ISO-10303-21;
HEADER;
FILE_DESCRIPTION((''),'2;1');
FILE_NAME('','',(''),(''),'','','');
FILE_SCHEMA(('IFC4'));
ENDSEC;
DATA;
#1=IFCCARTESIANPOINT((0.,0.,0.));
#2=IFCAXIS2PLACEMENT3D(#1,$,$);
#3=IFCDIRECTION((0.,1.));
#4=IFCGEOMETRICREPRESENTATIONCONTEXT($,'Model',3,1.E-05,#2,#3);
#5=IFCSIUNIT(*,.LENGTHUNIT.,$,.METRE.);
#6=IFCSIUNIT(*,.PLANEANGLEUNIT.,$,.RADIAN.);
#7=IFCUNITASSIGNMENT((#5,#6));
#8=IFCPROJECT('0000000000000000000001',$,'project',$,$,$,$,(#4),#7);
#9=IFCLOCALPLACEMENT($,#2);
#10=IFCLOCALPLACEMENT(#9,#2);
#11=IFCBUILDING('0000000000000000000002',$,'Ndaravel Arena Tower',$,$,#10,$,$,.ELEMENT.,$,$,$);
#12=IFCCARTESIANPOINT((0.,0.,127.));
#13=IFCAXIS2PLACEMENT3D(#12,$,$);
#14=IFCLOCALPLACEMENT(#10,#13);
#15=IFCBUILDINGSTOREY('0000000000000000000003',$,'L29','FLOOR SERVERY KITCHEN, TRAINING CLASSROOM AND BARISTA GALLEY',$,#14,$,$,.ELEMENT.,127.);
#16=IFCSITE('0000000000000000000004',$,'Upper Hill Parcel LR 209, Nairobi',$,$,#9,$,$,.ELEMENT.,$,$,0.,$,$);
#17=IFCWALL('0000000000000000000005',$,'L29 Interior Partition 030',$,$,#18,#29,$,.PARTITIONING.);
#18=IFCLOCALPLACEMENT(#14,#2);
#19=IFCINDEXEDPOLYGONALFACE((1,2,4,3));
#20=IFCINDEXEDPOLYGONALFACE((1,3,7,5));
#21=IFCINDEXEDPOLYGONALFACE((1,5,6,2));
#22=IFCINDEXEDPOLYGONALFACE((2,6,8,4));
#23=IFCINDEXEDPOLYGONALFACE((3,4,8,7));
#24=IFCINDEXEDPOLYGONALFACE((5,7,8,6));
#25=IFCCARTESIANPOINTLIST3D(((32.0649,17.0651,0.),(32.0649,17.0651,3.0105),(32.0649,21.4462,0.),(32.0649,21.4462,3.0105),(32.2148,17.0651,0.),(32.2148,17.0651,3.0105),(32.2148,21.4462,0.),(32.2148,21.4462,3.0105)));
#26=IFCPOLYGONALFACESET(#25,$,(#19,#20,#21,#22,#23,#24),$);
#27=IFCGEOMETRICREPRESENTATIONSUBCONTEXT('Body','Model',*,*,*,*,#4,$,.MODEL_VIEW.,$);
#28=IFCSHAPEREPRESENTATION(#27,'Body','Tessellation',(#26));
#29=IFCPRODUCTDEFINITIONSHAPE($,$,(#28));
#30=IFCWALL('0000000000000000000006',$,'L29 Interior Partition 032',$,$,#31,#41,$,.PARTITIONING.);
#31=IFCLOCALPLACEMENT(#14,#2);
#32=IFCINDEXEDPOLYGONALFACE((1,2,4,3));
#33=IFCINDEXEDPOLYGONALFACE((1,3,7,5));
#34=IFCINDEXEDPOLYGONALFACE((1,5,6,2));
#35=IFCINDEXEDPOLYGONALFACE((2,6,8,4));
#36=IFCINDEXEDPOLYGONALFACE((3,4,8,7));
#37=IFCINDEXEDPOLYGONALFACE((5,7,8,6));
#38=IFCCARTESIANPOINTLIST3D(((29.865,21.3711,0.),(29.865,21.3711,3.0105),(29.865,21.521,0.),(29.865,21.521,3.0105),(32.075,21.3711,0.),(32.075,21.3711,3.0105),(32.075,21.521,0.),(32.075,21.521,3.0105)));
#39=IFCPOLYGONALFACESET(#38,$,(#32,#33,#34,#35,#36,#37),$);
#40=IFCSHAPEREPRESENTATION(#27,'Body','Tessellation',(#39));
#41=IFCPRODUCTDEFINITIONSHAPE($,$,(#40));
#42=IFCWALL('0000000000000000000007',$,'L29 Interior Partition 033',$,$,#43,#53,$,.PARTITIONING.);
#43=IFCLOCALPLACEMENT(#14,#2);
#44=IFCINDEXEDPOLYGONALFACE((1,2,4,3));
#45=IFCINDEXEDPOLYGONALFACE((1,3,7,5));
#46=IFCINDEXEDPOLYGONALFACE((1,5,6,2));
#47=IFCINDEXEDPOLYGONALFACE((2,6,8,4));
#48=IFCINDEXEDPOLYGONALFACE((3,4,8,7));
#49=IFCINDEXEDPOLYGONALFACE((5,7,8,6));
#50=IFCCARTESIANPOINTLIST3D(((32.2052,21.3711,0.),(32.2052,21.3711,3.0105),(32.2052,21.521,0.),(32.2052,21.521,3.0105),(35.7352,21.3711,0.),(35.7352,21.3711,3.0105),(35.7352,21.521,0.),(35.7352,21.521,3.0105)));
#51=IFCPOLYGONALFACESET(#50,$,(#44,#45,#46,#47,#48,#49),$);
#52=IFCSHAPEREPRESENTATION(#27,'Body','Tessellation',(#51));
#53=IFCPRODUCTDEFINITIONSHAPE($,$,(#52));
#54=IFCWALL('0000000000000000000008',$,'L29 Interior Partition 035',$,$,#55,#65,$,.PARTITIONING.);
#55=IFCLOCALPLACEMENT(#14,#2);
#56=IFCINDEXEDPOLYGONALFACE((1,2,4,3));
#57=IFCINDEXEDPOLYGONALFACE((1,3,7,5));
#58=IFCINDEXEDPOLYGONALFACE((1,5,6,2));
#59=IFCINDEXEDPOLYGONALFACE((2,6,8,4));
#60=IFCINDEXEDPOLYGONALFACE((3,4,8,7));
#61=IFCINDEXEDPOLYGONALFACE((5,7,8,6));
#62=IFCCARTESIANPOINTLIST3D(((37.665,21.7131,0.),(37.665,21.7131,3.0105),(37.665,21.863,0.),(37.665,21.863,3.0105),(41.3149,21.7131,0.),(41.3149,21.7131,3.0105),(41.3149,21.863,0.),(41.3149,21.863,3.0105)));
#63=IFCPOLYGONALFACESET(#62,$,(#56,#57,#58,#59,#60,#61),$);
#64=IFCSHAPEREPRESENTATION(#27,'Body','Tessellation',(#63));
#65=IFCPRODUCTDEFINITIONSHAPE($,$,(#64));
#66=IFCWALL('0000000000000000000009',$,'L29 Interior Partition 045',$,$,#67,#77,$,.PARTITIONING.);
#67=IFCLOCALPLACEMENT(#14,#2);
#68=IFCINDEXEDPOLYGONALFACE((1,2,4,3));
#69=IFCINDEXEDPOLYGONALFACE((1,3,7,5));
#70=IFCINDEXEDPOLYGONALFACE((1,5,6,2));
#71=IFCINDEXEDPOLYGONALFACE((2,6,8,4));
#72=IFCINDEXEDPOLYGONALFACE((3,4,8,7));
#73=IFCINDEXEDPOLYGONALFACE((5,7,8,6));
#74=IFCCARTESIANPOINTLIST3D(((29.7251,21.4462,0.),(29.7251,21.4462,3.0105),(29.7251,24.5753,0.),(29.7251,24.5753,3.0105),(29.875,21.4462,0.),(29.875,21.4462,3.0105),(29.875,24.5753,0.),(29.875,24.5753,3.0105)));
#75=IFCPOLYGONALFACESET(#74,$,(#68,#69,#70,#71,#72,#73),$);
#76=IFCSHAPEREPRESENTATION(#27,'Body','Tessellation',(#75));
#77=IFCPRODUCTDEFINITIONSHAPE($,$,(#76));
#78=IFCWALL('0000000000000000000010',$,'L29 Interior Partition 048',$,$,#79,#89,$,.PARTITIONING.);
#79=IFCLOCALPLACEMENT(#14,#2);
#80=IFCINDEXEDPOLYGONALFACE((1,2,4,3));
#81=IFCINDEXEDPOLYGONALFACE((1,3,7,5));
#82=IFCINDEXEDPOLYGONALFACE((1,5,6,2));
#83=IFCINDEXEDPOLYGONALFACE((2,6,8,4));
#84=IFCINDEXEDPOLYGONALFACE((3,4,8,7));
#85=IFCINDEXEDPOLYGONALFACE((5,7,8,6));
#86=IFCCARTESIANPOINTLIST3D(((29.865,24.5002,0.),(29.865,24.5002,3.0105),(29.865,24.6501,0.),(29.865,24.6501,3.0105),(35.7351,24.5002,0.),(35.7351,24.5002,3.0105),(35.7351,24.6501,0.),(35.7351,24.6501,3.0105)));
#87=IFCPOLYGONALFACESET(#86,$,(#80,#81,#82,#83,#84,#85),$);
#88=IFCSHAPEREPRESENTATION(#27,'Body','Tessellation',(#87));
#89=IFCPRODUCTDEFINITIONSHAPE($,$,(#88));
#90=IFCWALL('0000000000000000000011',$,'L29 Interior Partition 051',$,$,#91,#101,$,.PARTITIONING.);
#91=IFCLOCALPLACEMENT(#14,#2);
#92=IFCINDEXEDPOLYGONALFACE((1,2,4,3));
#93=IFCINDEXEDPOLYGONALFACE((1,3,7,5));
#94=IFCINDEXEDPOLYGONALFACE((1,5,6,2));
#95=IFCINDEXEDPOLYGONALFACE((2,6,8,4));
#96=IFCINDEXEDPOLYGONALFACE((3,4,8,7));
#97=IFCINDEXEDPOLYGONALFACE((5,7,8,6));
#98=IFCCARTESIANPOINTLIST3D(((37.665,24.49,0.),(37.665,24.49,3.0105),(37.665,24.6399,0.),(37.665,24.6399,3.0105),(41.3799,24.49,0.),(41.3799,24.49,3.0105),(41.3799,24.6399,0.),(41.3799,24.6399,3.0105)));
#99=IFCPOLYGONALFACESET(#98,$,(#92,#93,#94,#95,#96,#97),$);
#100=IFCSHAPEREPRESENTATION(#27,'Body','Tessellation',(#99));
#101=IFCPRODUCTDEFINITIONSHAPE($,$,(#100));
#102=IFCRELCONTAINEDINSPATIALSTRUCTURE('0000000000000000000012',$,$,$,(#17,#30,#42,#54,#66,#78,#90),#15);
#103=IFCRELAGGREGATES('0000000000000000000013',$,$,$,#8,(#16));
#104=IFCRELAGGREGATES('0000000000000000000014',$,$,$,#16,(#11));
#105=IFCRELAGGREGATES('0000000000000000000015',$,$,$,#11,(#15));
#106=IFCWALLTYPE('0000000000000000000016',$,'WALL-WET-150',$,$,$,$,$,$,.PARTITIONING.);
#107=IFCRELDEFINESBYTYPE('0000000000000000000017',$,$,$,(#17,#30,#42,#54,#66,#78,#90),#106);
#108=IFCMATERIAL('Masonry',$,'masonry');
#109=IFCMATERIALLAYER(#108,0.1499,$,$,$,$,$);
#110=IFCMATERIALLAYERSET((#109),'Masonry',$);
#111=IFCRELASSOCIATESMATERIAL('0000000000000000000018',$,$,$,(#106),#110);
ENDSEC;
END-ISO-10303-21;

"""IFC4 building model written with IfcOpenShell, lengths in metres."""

from ifc_helpers import new_model, si_unit, direction, frame, frame_2d, origin, place, context, subcontext, project, spatial, rectangle, extrude, material, layer, layer_set, type_object, element, save


model = new_model("IFC4")

# Units and contexts
model_context = context("Model", 3, precision=1e-05, world=origin(), true_north=direction((0.0, 1.0)))
body_context = subcontext(model_context, "Body", "Model", "MODEL_VIEW")
ifc_project = project(units=[si_unit("LENGTHUNIT", "METRE"), si_unit("PLANEANGLEUNIT", "RADIAN")], contexts=[model_context])

# Site, building, storey
site_placement = place(None, origin())
site = spatial("IfcSite", under=ifc_project, at=site_placement, Name="Upper Hill Parcel LR 209, Nairobi", CompositionType="ELEMENT", RefElevation=0.0)
building_placement = place(site_placement, origin())
building = spatial("IfcBuilding", under=site, at=building_placement, Name="Ndaravel Arena Tower", CompositionType="ELEMENT")
storey_placement = place(building_placement, frame((0.0, 0.0, 127.0)))
storey = spatial("IfcBuildingStorey", under=building, at=storey_placement, Name="L29", Description="FLOOR SERVERY KITCHEN, TRAINING CLASSROOM AND BARISTA GALLEY", CompositionType="ELEMENT", Elevation=127.0)

# Shared definitions
ifc_material_1 = material(Name="Masonry", Category="masonry")
ifc_layer_1 = layer(ifc_material_1, 0.1499)
ifc_layer_set_1 = layer_set([ifc_layer_1], Name="Masonry")
wall_type_1 = type_object("IfcWallType", Name="WALL-WET-150", PredefinedType="PARTITIONING", material=ifc_layer_set_1)

# Walls
wall_1_placement = place(storey_placement, frame((32.1399, 21.446, 0.0), z_axis=(0.0, 0.0, 1.0), x_axis=(0.0, -1.0, 0.0)))
element("IfcWall", 1, at=wall_1_placement, inside=storey, type_object=wall_type_1, Name="L29 Interior Partition 030", PredefinedType="PARTITIONING", context=body_context, shape_type="SweptSolid", body=[
    extrude(rectangle(XDim=4.3811, YDim=0.1499, at=frame_2d((2.1904, 0.0))), origin(), (0.0, 0.0, 1.0), 3.0105),
])
wall_2_placement = place(storey_placement, frame((29.865, 21.446, 0.0), z_axis=(0.0, 0.0, 1.0), x_axis=(1.0, 0.0, 0.0)))
element("IfcWall", 2, at=wall_2_placement, inside=storey, type_object=wall_type_1, Name="L29 Interior Partition 032", PredefinedType="PARTITIONING", context=body_context, shape_type="SweptSolid", body=[
    extrude(rectangle(XDim=2.21, YDim=0.1499, at=frame_2d((1.105, 0.0))), origin(), (0.0, 0.0, 1.0), 3.0105),
])
wall_3_placement = place(storey_placement, frame((32.2051, 21.446, 0.0), z_axis=(0.0, 0.0, 1.0), x_axis=(1.0, 0.0, 0.0)))
element("IfcWall", 3, at=wall_3_placement, inside=storey, type_object=wall_type_1, Name="L29 Interior Partition 033", PredefinedType="PARTITIONING", context=body_context, shape_type="SweptSolid", body=[
    extrude(rectangle(XDim=3.53, YDim=0.1499, at=frame_2d((1.7651, 0.0))), origin(), (0.0, 0.0, 1.0), 3.0105),
])
wall_4_placement = place(storey_placement, frame((37.665, 21.7881, 0.0), z_axis=(0.0, 0.0, 1.0), x_axis=(1.0, 0.0, 0.0)))
element("IfcWall", 4, at=wall_4_placement, inside=storey, type_object=wall_type_1, Name="L29 Interior Partition 035", PredefinedType="PARTITIONING", context=body_context, shape_type="SweptSolid", body=[
    extrude(rectangle(XDim=3.6499, YDim=0.1499, at=frame_2d((1.825, 0.0))), origin(), (0.0, 0.0, 1.0), 3.0105),
])
wall_5_placement = place(storey_placement, frame((29.8, 24.5752, 0.0), z_axis=(0.0, 0.0, 1.0), x_axis=(0.0, -1.0, 0.0)))
element("IfcWall", 5, at=wall_5_placement, inside=storey, type_object=wall_type_1, Name="L29 Interior Partition 045", PredefinedType="PARTITIONING", context=body_context, shape_type="SweptSolid", body=[
    extrude(rectangle(XDim=3.1292, YDim=0.1499, at=frame_2d((1.5645, 0.0))), origin(), (0.0, 0.0, 1.0), 3.0105),
])
wall_6_placement = place(storey_placement, frame((29.865, 24.5752, 0.0), z_axis=(0.0, 0.0, 1.0), x_axis=(1.0, 0.0, 0.0)))
element("IfcWall", 6, at=wall_6_placement, inside=storey, type_object=wall_type_1, Name="L29 Interior Partition 048", PredefinedType="PARTITIONING", context=body_context, shape_type="SweptSolid", body=[
    extrude(rectangle(XDim=5.8701, YDim=0.1499, at=frame_2d((2.9351, 0.0))), origin(), (0.0, 0.0, 1.0), 3.0105),
])
wall_7_placement = place(storey_placement, frame((37.665, 24.5649, 0.0), z_axis=(0.0, 0.0, 1.0), x_axis=(1.0, 0.0, 0.0)))
element("IfcWall", 7, at=wall_7_placement, inside=storey, type_object=wall_type_1, Name="L29 Interior Partition 051", PredefinedType="PARTITIONING", context=body_context, shape_type="SweptSolid", body=[
    extrude(rectangle(XDim=3.7148, YDim=0.1499, at=frame_2d((1.8574, 0.0))), origin(), (0.0, 0.0, 1.0), 3.0105),
])

save(model, "model.ifc")
